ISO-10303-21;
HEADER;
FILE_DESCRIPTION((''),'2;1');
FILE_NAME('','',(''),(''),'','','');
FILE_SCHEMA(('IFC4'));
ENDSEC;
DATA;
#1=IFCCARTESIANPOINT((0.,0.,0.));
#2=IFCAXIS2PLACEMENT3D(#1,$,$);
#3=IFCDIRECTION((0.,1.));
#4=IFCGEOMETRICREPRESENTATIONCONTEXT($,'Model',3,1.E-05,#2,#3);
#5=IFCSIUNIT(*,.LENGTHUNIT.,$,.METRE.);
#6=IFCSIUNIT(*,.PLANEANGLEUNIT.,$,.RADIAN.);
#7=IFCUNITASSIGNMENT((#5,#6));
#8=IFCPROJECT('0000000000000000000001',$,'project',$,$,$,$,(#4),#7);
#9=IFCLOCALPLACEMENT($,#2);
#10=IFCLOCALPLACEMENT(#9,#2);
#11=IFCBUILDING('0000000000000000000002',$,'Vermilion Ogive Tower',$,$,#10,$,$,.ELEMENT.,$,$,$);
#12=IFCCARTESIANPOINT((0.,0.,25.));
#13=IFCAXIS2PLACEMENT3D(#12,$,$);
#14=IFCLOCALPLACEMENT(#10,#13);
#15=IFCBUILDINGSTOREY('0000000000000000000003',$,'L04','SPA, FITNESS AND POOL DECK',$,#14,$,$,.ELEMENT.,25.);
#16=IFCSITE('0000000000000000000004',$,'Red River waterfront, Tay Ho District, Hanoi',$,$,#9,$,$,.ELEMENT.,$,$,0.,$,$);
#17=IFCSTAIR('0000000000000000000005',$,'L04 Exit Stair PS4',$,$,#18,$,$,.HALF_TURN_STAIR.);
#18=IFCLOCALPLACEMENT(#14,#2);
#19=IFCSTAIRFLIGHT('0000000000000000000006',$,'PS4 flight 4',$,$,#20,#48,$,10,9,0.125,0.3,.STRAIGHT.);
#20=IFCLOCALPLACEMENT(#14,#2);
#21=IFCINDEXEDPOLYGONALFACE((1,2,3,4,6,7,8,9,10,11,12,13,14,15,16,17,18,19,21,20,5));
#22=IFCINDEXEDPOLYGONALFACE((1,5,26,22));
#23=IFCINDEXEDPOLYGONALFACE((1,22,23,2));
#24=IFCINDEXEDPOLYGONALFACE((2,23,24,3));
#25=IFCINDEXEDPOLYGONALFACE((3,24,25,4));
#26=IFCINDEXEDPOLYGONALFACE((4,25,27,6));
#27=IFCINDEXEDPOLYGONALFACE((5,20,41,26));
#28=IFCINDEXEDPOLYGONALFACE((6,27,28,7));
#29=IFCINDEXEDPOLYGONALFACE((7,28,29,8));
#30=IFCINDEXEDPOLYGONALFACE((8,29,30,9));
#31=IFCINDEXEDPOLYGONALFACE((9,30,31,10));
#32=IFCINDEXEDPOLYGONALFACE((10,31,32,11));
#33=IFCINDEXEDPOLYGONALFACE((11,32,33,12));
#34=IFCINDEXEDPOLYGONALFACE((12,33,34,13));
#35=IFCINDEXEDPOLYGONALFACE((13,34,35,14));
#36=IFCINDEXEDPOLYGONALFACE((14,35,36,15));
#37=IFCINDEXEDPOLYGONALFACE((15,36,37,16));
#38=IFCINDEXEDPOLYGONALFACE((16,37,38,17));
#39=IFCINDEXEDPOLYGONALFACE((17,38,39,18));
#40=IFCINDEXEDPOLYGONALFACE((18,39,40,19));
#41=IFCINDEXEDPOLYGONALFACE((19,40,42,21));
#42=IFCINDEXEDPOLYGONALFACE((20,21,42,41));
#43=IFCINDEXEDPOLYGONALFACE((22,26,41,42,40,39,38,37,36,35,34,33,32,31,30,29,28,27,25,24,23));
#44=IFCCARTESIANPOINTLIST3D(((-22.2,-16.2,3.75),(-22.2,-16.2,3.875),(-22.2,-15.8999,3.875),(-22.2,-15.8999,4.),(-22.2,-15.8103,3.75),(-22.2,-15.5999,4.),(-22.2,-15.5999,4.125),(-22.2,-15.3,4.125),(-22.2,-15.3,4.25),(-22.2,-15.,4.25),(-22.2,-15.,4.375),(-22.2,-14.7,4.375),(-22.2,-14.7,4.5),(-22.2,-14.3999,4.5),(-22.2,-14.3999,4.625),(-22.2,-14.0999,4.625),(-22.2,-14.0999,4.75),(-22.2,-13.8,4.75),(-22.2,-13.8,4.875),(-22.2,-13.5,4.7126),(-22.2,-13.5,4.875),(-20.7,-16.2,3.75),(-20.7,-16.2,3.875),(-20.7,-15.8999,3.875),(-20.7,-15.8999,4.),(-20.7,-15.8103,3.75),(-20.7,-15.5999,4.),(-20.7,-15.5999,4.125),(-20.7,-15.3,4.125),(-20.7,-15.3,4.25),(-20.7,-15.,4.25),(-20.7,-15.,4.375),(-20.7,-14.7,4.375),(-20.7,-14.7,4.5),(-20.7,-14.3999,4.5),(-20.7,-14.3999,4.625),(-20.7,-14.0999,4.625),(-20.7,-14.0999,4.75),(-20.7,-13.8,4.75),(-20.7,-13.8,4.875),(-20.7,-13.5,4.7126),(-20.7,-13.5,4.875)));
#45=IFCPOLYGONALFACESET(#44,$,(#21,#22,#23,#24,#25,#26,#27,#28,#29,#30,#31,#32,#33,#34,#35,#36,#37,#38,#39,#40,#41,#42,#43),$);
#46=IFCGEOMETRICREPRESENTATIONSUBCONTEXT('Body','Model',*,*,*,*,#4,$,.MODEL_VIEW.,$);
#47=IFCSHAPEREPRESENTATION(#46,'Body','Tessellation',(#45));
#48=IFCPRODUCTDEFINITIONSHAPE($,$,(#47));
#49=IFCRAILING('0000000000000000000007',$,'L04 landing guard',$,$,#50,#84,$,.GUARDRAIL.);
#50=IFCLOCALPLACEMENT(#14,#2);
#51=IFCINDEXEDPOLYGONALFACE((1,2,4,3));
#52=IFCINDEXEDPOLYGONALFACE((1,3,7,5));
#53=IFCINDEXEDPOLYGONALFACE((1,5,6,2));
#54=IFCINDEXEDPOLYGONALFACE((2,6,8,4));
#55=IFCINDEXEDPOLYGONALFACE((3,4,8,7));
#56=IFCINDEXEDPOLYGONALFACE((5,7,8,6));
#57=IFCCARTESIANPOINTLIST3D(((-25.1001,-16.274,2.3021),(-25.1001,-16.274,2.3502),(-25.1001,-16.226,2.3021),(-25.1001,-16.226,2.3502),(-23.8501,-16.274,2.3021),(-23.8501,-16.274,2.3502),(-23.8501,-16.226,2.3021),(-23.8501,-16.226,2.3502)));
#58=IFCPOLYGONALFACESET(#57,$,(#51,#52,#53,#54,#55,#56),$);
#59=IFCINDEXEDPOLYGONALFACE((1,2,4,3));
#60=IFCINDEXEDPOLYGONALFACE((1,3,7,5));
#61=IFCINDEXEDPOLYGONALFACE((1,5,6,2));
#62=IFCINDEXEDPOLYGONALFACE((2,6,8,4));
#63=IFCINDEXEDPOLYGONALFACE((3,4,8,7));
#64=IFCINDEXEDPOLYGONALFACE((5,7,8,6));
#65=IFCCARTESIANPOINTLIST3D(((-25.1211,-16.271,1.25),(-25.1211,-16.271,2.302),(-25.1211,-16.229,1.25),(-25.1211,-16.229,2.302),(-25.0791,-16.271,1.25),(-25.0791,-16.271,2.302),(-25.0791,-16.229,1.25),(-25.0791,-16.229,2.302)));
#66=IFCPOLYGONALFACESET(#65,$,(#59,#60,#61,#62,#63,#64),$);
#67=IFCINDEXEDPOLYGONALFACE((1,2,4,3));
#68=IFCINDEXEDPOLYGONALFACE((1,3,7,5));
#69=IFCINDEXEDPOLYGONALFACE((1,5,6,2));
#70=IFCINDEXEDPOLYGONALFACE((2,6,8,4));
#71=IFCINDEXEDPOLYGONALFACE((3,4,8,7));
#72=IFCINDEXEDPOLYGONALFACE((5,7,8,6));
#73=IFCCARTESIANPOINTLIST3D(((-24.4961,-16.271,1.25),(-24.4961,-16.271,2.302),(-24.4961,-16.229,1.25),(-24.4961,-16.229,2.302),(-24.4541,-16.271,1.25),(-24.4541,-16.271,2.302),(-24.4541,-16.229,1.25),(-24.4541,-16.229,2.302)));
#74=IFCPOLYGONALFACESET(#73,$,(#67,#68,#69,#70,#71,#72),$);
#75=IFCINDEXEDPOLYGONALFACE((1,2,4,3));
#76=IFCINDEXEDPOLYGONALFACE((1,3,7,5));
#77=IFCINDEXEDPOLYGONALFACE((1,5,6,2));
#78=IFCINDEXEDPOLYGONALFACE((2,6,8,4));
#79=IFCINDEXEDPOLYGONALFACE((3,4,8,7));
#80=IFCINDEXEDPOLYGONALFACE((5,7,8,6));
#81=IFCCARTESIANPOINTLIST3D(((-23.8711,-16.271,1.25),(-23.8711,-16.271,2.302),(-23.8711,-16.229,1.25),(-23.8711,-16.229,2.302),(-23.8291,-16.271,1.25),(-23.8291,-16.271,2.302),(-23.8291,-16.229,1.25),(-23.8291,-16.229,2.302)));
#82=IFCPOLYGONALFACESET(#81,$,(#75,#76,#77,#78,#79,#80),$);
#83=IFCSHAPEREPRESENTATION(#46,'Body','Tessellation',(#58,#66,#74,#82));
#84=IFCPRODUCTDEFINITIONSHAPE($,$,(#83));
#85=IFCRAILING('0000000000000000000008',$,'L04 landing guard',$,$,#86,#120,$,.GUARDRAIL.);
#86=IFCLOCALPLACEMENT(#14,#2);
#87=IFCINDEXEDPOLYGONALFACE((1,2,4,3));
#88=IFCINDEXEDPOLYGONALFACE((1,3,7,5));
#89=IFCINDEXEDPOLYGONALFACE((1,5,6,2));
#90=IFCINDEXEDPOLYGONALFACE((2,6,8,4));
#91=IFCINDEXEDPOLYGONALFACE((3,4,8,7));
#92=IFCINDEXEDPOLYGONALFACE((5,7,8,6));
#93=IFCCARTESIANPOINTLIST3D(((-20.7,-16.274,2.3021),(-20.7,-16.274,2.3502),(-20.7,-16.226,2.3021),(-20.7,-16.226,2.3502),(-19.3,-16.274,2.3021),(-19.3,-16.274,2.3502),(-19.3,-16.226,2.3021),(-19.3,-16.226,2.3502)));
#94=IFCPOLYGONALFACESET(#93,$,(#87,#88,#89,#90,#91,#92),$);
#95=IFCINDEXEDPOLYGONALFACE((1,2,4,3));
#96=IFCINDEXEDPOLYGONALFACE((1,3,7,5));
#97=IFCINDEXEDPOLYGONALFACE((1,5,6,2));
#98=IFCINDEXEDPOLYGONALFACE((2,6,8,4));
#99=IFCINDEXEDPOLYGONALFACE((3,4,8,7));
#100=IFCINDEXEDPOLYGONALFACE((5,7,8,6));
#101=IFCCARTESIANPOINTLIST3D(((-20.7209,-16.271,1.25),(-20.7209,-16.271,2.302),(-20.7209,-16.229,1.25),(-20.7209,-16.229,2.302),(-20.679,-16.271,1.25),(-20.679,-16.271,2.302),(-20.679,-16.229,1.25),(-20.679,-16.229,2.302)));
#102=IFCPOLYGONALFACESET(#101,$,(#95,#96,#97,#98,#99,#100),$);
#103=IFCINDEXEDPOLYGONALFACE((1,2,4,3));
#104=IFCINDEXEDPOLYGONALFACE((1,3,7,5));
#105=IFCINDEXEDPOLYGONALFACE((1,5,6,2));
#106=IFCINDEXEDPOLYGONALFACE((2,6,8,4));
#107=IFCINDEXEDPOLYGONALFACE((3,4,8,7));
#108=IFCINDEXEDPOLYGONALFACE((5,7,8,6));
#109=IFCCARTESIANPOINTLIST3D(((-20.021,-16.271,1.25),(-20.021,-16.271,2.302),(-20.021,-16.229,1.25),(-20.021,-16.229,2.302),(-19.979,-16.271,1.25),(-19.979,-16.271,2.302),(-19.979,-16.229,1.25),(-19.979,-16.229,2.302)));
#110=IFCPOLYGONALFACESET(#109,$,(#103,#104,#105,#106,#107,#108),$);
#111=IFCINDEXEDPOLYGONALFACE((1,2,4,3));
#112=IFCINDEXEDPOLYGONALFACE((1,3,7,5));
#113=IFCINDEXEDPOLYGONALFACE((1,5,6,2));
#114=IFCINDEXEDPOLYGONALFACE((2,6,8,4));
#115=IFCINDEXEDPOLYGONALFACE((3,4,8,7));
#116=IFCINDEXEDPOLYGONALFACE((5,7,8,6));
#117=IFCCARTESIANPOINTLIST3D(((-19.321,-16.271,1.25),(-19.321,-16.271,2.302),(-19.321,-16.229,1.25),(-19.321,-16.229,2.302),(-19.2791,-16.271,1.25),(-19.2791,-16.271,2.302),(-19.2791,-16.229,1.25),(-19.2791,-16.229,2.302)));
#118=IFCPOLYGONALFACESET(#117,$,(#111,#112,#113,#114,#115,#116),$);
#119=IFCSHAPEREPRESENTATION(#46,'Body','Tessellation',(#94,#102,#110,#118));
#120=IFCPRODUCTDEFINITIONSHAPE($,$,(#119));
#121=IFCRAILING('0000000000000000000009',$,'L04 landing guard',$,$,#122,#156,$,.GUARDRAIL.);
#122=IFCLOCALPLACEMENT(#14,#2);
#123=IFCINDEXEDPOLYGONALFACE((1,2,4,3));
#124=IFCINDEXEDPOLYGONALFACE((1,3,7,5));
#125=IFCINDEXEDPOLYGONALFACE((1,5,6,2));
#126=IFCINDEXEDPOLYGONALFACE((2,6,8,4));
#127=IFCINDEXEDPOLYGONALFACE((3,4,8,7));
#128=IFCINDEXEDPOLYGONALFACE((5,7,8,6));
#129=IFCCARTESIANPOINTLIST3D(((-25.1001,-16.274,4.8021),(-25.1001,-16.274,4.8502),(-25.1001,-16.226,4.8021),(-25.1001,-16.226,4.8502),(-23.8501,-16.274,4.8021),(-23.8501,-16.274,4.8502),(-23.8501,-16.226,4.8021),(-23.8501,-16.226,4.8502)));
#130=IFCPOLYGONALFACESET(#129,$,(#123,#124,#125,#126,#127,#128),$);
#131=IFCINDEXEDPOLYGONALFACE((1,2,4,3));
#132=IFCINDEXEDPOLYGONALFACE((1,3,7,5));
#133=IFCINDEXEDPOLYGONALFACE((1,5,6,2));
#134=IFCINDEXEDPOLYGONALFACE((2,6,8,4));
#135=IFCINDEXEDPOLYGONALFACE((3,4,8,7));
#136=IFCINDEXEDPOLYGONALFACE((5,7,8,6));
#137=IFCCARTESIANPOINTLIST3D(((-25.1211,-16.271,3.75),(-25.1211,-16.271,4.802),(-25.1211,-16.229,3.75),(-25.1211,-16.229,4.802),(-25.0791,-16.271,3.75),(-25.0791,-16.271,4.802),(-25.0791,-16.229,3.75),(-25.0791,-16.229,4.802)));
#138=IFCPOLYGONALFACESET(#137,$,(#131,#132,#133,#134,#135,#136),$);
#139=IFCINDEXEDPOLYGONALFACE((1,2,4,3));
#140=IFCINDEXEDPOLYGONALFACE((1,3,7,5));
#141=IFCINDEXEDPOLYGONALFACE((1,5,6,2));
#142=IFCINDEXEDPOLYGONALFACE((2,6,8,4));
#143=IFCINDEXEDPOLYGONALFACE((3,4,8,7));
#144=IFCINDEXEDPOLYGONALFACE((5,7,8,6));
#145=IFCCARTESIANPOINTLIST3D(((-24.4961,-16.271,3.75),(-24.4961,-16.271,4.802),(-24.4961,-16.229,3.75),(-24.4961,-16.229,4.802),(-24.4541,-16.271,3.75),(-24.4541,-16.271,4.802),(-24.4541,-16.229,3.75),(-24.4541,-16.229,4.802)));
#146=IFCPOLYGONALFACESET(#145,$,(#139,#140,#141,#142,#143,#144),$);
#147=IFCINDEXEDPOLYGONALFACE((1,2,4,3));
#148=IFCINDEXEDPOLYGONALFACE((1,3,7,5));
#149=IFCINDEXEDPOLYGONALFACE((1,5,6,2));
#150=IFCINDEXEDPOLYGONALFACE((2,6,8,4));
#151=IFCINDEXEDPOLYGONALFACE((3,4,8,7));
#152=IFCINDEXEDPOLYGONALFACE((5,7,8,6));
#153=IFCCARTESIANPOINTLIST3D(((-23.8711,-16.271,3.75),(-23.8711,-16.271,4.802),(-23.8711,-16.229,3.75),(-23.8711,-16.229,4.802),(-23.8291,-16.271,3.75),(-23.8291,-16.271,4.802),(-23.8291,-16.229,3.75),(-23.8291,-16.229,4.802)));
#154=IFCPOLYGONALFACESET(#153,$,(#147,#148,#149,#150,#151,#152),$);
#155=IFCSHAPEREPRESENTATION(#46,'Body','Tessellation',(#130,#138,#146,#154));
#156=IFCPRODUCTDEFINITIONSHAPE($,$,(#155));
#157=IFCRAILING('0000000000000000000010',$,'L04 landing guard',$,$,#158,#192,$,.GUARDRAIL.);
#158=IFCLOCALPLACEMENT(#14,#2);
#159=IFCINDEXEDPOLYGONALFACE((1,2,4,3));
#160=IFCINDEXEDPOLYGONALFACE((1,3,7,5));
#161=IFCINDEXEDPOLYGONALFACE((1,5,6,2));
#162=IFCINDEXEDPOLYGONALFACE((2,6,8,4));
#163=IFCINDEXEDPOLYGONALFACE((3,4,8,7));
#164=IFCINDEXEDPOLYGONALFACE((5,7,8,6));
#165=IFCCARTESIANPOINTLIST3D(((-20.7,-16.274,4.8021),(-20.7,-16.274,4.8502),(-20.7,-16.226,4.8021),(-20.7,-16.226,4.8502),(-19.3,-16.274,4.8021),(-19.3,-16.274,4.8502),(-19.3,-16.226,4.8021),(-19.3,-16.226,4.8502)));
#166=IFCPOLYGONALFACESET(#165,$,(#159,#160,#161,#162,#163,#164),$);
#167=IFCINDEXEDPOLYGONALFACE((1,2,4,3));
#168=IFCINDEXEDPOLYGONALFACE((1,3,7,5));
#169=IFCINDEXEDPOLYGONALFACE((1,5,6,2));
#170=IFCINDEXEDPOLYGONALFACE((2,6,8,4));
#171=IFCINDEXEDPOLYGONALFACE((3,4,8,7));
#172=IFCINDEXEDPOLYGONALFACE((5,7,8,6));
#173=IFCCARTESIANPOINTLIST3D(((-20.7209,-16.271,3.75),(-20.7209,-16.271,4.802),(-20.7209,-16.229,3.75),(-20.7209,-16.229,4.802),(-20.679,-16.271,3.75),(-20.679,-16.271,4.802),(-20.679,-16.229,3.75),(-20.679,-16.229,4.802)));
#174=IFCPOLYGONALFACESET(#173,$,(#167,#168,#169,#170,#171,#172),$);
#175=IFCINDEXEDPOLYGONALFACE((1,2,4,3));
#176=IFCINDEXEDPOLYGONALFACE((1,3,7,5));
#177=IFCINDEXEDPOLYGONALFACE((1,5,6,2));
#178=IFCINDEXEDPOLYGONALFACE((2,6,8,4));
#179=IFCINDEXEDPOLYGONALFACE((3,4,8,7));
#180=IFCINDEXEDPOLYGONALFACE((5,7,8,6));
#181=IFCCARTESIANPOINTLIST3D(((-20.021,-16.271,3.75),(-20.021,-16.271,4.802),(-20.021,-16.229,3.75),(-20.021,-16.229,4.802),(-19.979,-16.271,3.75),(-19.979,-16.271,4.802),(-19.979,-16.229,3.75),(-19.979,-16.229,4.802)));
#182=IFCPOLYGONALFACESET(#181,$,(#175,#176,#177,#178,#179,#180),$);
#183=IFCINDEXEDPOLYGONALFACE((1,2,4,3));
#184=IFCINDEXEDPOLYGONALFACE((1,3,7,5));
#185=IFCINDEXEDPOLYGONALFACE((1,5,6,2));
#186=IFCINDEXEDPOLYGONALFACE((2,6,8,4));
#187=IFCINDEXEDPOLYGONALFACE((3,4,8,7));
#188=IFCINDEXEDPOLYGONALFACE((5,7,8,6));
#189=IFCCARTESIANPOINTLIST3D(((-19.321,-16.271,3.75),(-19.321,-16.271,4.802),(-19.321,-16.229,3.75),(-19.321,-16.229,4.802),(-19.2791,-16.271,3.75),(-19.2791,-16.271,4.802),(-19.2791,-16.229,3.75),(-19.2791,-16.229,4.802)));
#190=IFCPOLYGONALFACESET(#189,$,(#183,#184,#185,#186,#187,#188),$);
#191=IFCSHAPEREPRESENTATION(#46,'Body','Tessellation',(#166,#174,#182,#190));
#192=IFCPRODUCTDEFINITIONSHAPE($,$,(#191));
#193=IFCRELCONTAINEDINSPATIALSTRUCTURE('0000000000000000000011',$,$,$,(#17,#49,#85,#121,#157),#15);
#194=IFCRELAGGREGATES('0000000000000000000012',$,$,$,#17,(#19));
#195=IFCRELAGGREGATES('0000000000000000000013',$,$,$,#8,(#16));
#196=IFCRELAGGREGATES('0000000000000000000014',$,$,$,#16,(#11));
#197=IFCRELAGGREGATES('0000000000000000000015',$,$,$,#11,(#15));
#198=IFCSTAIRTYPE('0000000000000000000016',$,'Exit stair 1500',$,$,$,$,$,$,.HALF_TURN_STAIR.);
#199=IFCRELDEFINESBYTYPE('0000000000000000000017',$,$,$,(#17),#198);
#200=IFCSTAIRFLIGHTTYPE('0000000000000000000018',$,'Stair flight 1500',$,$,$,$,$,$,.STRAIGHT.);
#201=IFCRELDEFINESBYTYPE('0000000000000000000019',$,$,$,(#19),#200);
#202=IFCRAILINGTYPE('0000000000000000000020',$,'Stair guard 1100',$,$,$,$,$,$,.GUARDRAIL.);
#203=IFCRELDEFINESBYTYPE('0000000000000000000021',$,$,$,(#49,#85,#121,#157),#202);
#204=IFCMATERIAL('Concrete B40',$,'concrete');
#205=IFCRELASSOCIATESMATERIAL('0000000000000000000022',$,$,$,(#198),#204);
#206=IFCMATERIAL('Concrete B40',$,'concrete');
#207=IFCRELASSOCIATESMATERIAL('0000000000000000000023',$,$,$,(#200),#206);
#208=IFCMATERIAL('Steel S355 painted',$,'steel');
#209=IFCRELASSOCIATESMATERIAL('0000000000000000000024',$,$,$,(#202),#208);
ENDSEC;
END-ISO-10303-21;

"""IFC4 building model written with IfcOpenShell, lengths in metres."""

from ifc_helpers import new_model, si_unit, direction, frame, origin, origin_2d, place, context, subcontext, project, spatial, polyline, rectangle, outline, extrude, material, type_object, element, aggregate, save


model = new_model("IFC4")

# Units and contexts
model_context = context("Model", 3, precision=1e-05, world=origin(), true_north=direction((0.0, 1.0)))
body_context = subcontext(model_context, "Body", "Model", "MODEL_VIEW")
ifc_project = project(units=[si_unit("LENGTHUNIT", "METRE"), si_unit("PLANEANGLEUNIT", "RADIAN")], contexts=[model_context])

# Site, building, storey
site_placement = place(None, origin())
site = spatial("IfcSite", under=ifc_project, at=site_placement, Name="Red River waterfront, Tay Ho District, Hanoi", CompositionType="ELEMENT", RefElevation=0.0)
building_placement = place(site_placement, origin())
building = spatial("IfcBuilding", under=site, at=building_placement, Name="Vermilion Ogive Tower", CompositionType="ELEMENT")
storey_placement = place(building_placement, frame((0.0, 0.0, 25.0)))
storey = spatial("IfcBuildingStorey", under=building, at=storey_placement, Name="L04", Description="SPA, FITNESS AND POOL DECK", CompositionType="ELEMENT", Elevation=25.0)

# Stair, stair flight
ifc_material_1 = material(Name="Concrete B40", Category="concrete")
stair_type = type_object("IfcStairType", Name="Exit stair 1500", PredefinedType="HALF_TURN_STAIR", material=ifc_material_1)
stair_placement = place(storey_placement, origin())
stair = element("IfcStair", 1, at=stair_placement, inside=storey, type_object=stair_type, Name="L04 Exit Stair PS4", PredefinedType="HALF_TURN_STAIR")
ifc_material_2 = material(Name="Concrete B40", Category="concrete")
stair_flight_type = type_object("IfcStairFlightType", Name="Stair flight 1500", PredefinedType="STRAIGHT", material=ifc_material_2)
stair_flight_1_placement = place(storey_placement, frame((-21.45, -16.2, 3.75), z_axis=(0.0, 0.0, 1.0), x_axis=(0.0, 1.0, 0.0)))
stair_flight_1 = element("IfcStairFlight", 2, at=stair_flight_1_placement, type_object=stair_flight_type, Name="PS4 flight 4", NumberOfRisers=10, NumberOfTreads=9, PredefinedType="STRAIGHT", RiserHeight=0.125, TreadLength=0.3, context=body_context, shape_type="SweptSolid", body=[
    extrude(outline(polyline([(0.0, 0.0), (0.0, 0.125), (0.3, 0.125), (0.3, 0.25), (0.6001, 0.25), (0.6001, 0.375), (0.8999, 0.375), (0.8999, 0.5), (1.2, 0.5), (1.2, 0.625), (1.5, 0.625), (1.5, 0.75), (1.8, 0.75), (1.8, 0.875), (2.1001, 0.875), (2.1001, 1.0), (2.3999, 1.0), (2.3999, 1.125), (2.7, 1.125), (2.7, 1.25), (2.7, 0.9626), (0.3896, 0.0), (0.0, 0.0)])), frame((0.0, 0.75, 0.0), z_axis=(0.0, -1.0, 0.0), x_axis=(1.0, 0.0, 0.0)), (0.0, 0.0, 1.0), 1.5),
])
aggregate(stair, [stair_flight_1])

# Railings
ifc_material_3 = material(Name="Steel S355 painted", Category="steel")
railing_type_1 = type_object("IfcRailingType", Name="Stair guard 1100", PredefinedType="GUARDRAIL", material=ifc_material_3)
railing_1_placement = place(storey_placement, frame((-25.1001, -16.25, 1.25)))
element("IfcRailing", 3, at=railing_1_placement, inside=storey, type_object=railing_type_1, Name="L04 landing guard", PredefinedType="GUARDRAIL", context=body_context, shape_type="SweptSolid", body=[
    extrude(rectangle(XDim=0.0481, YDim=0.0481, at=origin_2d()), frame((0.0, 0.0, 1.0762), z_axis=(1.0, 0.0, 0.0), x_axis=(0.0, 1.0, 0.0)), (0.0, 0.0, 1.0), 1.25),
    extrude(rectangle(XDim=0.042, YDim=0.042, at=origin_2d()), origin(), (0.0, 0.0, 1.0), 1.052),
    extrude(rectangle(XDim=0.042, YDim=0.042, at=origin_2d()), frame((0.625, 0.0, 0.0)), (0.0, 0.0, 1.0), 1.052),
    extrude(rectangle(XDim=0.042, YDim=0.042, at=origin_2d()), frame((1.25, 0.0, 0.0)), (0.0, 0.0, 1.0), 1.052),
])
railing_2_placement = place(storey_placement, frame((-20.7, -16.25, 1.25)))
element("IfcRailing", 4, at=railing_2_placement, inside=storey, type_object=railing_type_1, Name="L04 landing guard", PredefinedType="GUARDRAIL", context=body_context, shape_type="SweptSolid", body=[
    extrude(rectangle(XDim=0.0481, YDim=0.0481, at=origin_2d()), frame((0.0, 0.0, 1.0762), z_axis=(1.0, 0.0, 0.0), x_axis=(0.0, 1.0, 0.0)), (0.0, 0.0, 1.0), 1.3999),
    extrude(rectangle(XDim=0.042, YDim=0.042, at=origin_2d()), origin(), (0.0, 0.0, 1.0), 1.052),
    extrude(rectangle(XDim=0.042, YDim=0.042, at=origin_2d()), frame((0.7, 0.0, 0.0)), (0.0, 0.0, 1.0), 1.052),
    extrude(rectangle(XDim=0.042, YDim=0.042, at=origin_2d()), frame((1.3999, 0.0, 0.0)), (0.0, 0.0, 1.0), 1.052),
])
railing_3_placement = place(storey_placement, frame((-25.1001, -16.25, 3.75)))
element("IfcRailing", 5, at=railing_3_placement, inside=storey, type_object=railing_type_1, Name="L04 landing guard", PredefinedType="GUARDRAIL", context=body_context, shape_type="SweptSolid", body=[
    extrude(rectangle(XDim=0.0481, YDim=0.0481, at=origin_2d()), frame((0.0, 0.0, 1.0762), z_axis=(1.0, 0.0, 0.0), x_axis=(0.0, 1.0, 0.0)), (0.0, 0.0, 1.0), 1.25),
    extrude(rectangle(XDim=0.042, YDim=0.042, at=origin_2d()), origin(), (0.0, 0.0, 1.0), 1.052),
    extrude(rectangle(XDim=0.042, YDim=0.042, at=origin_2d()), frame((0.625, 0.0, 0.0)), (0.0, 0.0, 1.0), 1.052),
    extrude(rectangle(XDim=0.042, YDim=0.042, at=origin_2d()), frame((1.25, 0.0, 0.0)), (0.0, 0.0, 1.0), 1.052),
])
railing_4_placement = place(storey_placement, frame((-20.7, -16.25, 3.75)))
element("IfcRailing", 6, at=railing_4_placement, inside=storey, type_object=railing_type_1, Name="L04 landing guard", PredefinedType="GUARDRAIL", context=body_context, shape_type="SweptSolid", body=[
    extrude(rectangle(XDim=0.0481, YDim=0.0481, at=origin_2d()), frame((0.0, 0.0, 1.0762), z_axis=(1.0, 0.0, 0.0), x_axis=(0.0, 1.0, 0.0)), (0.0, 0.0, 1.0), 1.3999),
    extrude(rectangle(XDim=0.042, YDim=0.042, at=origin_2d()), origin(), (0.0, 0.0, 1.0), 1.052),
    extrude(rectangle(XDim=0.042, YDim=0.042, at=origin_2d()), frame((0.7, 0.0, 0.0)), (0.0, 0.0, 1.0), 1.052),
    extrude(rectangle(XDim=0.042, YDim=0.042, at=origin_2d()), frame((1.3999, 0.0, 0.0)), (0.0, 0.0, 1.0), 1.052),
])

save(model, "model.ifc")
